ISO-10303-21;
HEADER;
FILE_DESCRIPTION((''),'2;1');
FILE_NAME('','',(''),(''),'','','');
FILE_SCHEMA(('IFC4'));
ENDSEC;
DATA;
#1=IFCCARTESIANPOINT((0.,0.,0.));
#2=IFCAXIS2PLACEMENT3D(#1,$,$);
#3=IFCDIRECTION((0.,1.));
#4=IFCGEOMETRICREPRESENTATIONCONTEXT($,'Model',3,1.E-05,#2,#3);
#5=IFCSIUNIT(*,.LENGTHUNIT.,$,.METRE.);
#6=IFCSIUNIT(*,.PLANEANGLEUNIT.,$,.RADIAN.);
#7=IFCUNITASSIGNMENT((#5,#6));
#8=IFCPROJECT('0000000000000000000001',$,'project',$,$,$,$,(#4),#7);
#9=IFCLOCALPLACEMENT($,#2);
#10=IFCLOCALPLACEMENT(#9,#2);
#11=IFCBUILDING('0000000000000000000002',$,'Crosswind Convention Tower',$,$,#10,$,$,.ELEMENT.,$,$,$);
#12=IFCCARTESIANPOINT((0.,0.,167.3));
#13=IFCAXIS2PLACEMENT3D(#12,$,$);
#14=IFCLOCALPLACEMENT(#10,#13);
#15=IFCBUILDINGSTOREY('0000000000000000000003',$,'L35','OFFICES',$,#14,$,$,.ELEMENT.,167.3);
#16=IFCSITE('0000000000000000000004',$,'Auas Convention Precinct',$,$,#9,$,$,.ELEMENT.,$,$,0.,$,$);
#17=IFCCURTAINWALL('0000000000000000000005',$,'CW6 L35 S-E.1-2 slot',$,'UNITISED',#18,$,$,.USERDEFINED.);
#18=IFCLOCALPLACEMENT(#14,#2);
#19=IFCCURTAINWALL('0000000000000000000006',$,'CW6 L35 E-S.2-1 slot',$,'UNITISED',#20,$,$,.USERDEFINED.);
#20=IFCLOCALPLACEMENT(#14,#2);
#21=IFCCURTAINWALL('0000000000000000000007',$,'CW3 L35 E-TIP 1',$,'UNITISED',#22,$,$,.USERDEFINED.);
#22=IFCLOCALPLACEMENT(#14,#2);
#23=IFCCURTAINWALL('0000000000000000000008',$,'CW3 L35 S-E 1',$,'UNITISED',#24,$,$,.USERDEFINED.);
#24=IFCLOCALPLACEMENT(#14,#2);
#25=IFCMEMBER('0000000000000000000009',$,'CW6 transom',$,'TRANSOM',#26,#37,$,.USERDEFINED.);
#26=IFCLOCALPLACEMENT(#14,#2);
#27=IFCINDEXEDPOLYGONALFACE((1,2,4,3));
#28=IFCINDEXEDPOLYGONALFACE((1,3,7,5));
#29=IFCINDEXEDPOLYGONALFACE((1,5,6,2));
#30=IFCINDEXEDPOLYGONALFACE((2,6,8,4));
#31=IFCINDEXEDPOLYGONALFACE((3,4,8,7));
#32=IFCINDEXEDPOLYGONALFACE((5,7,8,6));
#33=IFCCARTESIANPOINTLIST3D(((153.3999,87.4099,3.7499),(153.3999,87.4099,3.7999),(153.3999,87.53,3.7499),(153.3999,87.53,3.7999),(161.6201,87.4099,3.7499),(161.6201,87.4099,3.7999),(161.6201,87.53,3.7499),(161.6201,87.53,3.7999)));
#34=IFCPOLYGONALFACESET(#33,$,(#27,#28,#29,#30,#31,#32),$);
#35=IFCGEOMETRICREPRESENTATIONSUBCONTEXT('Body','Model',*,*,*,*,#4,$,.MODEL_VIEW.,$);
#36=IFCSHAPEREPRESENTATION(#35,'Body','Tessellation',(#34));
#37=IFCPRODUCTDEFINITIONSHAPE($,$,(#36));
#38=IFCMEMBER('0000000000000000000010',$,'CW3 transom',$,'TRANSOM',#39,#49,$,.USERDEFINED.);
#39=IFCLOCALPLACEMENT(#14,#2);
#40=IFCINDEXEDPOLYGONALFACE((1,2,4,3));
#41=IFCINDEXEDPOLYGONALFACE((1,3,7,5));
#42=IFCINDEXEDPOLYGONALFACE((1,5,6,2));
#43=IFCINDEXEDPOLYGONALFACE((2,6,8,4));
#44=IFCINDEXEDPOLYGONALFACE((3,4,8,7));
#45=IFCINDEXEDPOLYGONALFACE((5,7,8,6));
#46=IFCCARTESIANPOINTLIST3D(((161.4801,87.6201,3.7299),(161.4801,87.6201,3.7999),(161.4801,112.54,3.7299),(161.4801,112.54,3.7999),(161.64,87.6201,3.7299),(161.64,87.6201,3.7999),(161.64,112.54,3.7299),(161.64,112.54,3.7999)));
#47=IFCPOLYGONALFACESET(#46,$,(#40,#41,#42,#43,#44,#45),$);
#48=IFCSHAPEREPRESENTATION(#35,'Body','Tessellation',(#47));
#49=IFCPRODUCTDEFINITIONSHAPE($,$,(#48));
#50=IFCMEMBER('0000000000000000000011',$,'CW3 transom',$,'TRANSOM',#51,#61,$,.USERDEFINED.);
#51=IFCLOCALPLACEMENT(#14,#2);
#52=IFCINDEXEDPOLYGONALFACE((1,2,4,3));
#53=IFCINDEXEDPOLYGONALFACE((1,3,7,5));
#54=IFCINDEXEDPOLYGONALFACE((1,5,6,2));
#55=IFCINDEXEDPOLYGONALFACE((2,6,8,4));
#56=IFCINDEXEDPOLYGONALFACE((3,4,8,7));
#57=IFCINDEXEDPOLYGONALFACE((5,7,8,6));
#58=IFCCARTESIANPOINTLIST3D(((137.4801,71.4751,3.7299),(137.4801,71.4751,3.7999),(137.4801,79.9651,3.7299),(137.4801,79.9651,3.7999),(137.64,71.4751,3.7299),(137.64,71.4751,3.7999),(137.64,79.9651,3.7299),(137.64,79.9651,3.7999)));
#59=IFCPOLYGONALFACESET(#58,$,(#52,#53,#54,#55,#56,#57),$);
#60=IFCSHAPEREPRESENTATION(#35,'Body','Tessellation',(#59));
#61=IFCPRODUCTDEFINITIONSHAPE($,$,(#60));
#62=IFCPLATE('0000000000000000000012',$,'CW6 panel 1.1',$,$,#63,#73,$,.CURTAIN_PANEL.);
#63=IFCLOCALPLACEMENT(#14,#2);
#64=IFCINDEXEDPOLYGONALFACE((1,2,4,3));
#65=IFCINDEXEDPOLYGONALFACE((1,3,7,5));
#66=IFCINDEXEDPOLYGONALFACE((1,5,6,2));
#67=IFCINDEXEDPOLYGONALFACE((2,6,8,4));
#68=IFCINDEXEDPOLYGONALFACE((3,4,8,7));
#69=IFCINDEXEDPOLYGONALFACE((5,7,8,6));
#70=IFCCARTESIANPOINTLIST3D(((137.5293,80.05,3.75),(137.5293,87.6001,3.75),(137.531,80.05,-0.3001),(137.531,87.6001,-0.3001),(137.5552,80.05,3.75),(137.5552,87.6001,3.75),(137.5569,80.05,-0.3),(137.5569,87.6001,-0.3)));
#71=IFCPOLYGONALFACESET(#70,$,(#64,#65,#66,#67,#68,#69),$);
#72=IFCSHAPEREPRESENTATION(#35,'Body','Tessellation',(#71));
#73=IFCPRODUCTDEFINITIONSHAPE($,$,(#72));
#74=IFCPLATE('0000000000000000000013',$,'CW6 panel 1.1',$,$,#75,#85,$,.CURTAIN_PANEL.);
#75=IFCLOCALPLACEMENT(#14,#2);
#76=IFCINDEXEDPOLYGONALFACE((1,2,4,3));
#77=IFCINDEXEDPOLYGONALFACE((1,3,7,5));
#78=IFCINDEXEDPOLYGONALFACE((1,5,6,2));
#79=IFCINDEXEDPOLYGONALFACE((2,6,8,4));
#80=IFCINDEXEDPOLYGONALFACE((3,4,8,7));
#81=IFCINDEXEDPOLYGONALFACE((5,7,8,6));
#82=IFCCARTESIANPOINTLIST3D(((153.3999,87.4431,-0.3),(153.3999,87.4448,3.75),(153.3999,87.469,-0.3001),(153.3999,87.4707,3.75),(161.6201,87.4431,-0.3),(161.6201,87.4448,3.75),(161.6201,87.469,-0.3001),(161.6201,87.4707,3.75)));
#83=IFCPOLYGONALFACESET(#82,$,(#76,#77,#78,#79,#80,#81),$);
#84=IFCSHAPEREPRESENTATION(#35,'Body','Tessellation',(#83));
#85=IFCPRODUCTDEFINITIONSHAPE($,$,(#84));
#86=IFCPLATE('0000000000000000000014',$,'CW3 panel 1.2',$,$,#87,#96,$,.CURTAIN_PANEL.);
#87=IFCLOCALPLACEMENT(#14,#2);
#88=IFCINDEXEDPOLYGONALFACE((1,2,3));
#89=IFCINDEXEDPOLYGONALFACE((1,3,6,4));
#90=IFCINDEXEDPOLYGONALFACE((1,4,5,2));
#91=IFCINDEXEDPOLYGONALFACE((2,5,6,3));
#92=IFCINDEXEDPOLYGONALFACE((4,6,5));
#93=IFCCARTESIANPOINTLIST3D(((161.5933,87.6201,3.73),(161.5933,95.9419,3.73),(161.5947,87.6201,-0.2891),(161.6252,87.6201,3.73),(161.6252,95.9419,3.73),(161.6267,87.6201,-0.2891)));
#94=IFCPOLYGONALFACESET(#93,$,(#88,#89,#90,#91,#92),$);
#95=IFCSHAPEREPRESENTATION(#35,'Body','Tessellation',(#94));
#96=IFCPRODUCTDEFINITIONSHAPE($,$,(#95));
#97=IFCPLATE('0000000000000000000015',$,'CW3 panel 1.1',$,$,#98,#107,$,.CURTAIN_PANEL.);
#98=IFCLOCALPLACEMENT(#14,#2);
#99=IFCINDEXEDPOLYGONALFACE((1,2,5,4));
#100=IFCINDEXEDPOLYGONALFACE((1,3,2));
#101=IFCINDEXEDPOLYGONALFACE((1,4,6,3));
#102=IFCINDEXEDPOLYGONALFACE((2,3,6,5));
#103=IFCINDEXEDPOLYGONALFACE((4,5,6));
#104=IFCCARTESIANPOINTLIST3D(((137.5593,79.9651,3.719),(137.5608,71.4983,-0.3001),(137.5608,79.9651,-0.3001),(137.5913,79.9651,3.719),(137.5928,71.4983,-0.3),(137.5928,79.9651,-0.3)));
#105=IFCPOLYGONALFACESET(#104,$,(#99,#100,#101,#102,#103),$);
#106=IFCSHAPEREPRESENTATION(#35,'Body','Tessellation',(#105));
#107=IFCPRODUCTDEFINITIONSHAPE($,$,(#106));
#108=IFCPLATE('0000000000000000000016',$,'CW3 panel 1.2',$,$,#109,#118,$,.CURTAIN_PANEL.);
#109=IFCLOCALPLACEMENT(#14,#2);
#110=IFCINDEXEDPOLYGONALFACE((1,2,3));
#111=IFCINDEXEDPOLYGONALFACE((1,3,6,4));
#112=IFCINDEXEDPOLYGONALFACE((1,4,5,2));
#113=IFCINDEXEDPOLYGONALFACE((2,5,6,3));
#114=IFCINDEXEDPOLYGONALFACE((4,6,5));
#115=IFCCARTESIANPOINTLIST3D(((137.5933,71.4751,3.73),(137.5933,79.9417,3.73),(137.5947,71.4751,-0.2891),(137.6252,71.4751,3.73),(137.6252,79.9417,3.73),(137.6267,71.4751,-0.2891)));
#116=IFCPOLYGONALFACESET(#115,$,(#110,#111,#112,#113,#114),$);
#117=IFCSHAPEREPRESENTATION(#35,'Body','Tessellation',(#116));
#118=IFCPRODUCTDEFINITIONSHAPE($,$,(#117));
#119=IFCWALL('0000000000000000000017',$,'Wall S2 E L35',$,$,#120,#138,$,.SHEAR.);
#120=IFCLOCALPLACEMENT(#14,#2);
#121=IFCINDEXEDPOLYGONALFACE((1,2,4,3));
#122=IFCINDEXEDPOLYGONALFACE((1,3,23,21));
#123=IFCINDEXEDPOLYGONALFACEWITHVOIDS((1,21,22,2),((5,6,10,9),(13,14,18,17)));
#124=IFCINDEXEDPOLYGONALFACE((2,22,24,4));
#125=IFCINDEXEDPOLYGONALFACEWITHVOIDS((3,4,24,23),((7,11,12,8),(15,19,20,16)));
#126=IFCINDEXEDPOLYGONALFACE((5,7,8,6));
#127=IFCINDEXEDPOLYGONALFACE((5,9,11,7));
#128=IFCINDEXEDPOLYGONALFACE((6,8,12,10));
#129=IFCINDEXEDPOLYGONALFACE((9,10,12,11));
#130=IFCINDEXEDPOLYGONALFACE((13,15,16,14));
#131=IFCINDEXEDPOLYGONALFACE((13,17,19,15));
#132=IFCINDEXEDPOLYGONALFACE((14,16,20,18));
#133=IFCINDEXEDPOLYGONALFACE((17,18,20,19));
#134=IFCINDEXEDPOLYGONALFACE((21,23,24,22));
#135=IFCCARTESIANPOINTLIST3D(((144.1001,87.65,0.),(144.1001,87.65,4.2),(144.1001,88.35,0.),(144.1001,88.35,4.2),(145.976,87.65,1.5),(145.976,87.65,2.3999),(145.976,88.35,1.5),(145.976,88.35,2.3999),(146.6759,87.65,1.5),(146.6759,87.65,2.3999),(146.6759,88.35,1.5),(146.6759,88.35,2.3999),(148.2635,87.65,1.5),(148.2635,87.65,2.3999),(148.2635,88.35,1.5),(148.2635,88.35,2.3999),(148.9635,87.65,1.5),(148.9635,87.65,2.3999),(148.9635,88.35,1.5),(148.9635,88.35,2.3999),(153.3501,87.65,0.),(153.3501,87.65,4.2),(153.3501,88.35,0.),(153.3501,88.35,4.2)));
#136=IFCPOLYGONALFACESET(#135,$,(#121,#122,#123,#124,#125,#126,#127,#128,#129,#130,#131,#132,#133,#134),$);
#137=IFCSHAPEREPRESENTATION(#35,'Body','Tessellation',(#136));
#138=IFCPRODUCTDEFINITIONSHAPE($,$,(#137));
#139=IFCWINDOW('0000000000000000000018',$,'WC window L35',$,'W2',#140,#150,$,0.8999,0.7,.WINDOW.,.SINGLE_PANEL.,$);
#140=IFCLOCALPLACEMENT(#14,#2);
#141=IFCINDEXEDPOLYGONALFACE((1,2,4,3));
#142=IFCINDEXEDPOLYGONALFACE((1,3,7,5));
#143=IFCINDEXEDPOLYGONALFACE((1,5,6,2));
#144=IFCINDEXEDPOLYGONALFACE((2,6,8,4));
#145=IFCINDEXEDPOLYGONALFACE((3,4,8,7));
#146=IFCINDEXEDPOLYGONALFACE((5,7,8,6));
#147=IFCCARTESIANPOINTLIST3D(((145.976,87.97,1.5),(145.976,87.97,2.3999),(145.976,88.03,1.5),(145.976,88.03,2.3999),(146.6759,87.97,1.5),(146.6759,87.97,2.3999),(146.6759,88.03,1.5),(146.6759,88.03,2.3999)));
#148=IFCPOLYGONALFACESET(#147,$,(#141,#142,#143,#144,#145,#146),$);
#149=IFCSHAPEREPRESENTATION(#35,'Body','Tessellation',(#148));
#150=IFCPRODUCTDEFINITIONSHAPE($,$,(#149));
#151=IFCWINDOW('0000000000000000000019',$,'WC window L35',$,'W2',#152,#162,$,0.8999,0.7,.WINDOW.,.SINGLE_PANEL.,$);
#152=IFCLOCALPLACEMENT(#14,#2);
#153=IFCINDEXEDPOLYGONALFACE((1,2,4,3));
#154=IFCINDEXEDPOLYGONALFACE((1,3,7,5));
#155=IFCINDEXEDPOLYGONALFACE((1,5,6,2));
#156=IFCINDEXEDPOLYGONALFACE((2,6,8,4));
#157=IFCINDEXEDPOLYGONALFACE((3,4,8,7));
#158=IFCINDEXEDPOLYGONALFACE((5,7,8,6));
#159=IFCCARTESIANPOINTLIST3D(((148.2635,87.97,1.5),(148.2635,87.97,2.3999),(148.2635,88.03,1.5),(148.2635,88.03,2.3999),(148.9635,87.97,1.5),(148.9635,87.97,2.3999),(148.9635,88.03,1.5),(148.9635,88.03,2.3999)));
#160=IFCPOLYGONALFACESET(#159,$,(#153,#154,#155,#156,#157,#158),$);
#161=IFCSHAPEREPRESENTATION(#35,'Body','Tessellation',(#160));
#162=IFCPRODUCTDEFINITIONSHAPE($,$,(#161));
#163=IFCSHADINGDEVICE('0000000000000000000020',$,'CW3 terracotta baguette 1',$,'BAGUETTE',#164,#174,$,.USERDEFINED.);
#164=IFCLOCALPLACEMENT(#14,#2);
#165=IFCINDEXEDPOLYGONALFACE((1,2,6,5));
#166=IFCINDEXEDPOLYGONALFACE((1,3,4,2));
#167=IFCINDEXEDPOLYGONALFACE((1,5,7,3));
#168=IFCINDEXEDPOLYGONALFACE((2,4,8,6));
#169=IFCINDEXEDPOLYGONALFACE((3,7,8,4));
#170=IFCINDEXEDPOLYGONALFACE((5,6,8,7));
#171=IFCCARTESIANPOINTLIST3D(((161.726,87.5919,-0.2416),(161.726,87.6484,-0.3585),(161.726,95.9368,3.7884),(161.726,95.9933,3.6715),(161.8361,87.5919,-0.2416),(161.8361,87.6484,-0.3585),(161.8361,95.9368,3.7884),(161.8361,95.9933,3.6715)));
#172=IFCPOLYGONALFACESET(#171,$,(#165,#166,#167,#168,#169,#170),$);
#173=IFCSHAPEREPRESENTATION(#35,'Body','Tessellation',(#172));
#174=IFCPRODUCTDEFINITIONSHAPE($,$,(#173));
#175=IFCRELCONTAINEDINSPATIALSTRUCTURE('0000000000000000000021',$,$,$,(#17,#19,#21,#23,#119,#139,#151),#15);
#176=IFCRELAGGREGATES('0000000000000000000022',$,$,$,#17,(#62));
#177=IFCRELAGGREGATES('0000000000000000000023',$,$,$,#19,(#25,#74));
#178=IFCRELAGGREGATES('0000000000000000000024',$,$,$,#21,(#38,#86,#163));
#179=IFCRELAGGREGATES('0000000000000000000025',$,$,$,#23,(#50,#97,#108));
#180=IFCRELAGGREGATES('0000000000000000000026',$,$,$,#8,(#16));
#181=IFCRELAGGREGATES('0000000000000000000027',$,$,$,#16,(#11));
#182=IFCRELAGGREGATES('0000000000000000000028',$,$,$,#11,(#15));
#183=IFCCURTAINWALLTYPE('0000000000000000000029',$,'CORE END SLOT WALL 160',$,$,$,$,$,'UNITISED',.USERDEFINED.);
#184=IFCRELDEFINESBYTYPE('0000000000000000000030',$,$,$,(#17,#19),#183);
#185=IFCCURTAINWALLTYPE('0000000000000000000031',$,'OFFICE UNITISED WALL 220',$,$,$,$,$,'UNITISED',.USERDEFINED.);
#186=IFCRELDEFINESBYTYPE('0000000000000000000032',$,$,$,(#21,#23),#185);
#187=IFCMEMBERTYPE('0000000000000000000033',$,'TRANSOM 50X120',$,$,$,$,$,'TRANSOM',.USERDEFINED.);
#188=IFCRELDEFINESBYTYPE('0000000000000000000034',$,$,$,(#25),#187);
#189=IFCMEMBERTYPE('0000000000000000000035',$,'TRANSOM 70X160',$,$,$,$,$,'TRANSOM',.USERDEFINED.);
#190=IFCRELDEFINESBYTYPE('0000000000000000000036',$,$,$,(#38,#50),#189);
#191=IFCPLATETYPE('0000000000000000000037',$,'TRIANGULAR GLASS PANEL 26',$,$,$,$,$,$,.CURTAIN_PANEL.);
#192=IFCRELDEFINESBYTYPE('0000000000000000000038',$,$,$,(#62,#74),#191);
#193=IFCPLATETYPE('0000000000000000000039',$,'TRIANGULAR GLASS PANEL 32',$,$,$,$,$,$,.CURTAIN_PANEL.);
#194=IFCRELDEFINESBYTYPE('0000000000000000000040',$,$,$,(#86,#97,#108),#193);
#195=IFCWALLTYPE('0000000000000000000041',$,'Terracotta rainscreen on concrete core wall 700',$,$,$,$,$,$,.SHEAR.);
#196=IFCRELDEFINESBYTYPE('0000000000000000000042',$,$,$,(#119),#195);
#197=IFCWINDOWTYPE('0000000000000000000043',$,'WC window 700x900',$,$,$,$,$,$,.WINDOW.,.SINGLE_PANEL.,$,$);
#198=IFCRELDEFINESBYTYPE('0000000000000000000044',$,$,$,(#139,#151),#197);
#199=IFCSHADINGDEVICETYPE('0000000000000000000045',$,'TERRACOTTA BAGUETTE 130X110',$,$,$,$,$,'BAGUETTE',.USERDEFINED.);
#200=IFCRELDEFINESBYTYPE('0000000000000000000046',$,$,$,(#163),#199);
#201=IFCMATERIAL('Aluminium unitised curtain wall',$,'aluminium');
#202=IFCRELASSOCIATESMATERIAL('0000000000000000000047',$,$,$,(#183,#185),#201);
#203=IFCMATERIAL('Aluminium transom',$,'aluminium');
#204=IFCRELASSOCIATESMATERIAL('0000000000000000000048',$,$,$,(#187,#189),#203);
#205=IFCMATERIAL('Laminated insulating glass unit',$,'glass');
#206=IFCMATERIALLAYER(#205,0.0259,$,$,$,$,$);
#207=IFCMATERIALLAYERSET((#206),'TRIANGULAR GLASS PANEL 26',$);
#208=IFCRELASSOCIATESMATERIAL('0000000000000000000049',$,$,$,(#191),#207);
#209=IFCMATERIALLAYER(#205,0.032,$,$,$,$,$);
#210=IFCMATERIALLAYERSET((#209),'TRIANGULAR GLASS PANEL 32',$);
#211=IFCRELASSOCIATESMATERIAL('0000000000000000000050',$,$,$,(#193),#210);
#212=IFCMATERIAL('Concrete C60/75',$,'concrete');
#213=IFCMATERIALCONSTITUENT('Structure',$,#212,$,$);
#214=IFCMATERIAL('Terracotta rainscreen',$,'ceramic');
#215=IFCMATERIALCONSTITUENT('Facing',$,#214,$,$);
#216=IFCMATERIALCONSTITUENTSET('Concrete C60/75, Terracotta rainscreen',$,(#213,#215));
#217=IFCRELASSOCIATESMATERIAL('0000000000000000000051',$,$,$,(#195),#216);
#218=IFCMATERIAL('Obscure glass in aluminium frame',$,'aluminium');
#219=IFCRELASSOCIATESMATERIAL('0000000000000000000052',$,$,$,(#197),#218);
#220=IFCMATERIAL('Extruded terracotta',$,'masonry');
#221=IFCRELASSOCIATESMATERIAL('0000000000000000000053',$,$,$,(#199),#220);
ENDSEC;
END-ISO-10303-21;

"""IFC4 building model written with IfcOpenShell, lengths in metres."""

from ifc_helpers import new_model, si_unit, direction, frame, frame_2d, origin, origin_2d, place, context, subcontext, project, spatial, polyline, rectangle, outline, extrude, material, layer, layer_set, constituent, constituent_set, material_profile, profile_set, type_object, element, fill, aggregate, save


model = new_model("IFC4")

# Units and contexts
model_context = context("Model", 3, precision=1e-05, world=origin(), true_north=direction((0.0, 1.0)))
body_context = subcontext(model_context, "Body", "Model", "MODEL_VIEW")
ifc_project = project(units=[si_unit("LENGTHUNIT", "METRE"), si_unit("PLANEANGLEUNIT", "RADIAN")], contexts=[model_context])

# Site, building, storey
site_placement = place(None, origin())
site = spatial("IfcSite", under=ifc_project, at=site_placement, Name="Auas Convention Precinct", CompositionType="ELEMENT", RefElevation=0.0)
building_placement = place(site_placement, origin())
building = spatial("IfcBuilding", under=site, at=building_placement, Name="Crosswind Convention Tower", CompositionType="ELEMENT")
storey_placement = place(building_placement, frame((0.0, 0.0, 167.3)))
storey = spatial("IfcBuildingStorey", under=building, at=storey_placement, Name="L35", Description="OFFICES", CompositionType="ELEMENT", Elevation=167.3)

# Shared definitions
ifc_material_1 = material(Name="Concrete C60/75", Category="concrete")

# Curtain wall
ifc_material_2 = material(Name="Aluminium unitised curtain wall", Category="aluminium")
curtain_wall_type_1 = type_object("IfcCurtainWallType", Name="CORE END SLOT WALL 160", ElementType="UNITISED", PredefinedType="USERDEFINED", material=ifc_material_2)
curtain_wall_1_placement = place(storey_placement, origin())
curtain_wall_1 = element("IfcCurtainWall", 1, at=curtain_wall_1_placement, inside=storey, type_object=curtain_wall_type_1, Name="CW6 L35 S-E.1-2 slot", ObjectType="UNITISED", PredefinedType="USERDEFINED")

# Curtain wall
curtain_wall_2_placement = place(storey_placement, origin())
curtain_wall_2 = element("IfcCurtainWall", 2, at=curtain_wall_2_placement, inside=storey, type_object=curtain_wall_type_1, Name="CW6 L35 E-S.2-1 slot", ObjectType="UNITISED", PredefinedType="USERDEFINED")

# Curtain walls
curtain_wall_type_2 = type_object("IfcCurtainWallType", Name="OFFICE UNITISED WALL 220", ElementType="UNITISED", PredefinedType="USERDEFINED", material=ifc_material_2)
curtain_wall_3_placement = place(storey_placement, origin())
curtain_wall_3 = element("IfcCurtainWall", 3, at=curtain_wall_3_placement, inside=storey, type_object=curtain_wall_type_2, Name="CW3 L35 E-TIP 1", ObjectType="UNITISED", PredefinedType="USERDEFINED")
curtain_wall_4_placement = place(storey_placement, origin())
curtain_wall_4 = element("IfcCurtainWall", 4, at=curtain_wall_4_placement, inside=storey, type_object=curtain_wall_type_2, Name="CW3 L35 S-E 1", ObjectType="UNITISED", PredefinedType="USERDEFINED")

# Members
ifc_material_3 = material(Name="Aluminium transom", Category="aluminium")
ifc_material_profile_1 = material_profile(ifc_material_3, rectangle(XDim=0.1201, YDim=0.05, at=origin_2d()), Name="AL 120X50")
ifc_profile_set_1 = profile_set([ifc_material_profile_1], Name="Aluminium transom")
member_type_1 = type_object("IfcMemberType", Name="TRANSOM 50X120", ElementType="TRANSOM", PredefinedType="USERDEFINED", material=ifc_profile_set_1)
member_1_placement = place(storey_placement, frame((153.3999, 87.47, 3.7749), z_axis=(1.0, 0.0, 0.0), x_axis=(0.0, 1.0, 0.0)))
member_1 = element("IfcMember", 5, at=member_1_placement, type_object=member_type_1, Name="CW6 transom", ObjectType="TRANSOM", PredefinedType="USERDEFINED", context=body_context, shape_type="SweptSolid", body=[
    extrude(rectangle(XDim=0.1201, YDim=0.05, at=origin_2d()), origin(), (0.0, 0.0, 1.0), 8.2202),
])
ifc_material_profile_2 = material_profile(ifc_material_3, rectangle(XDim=0.1599, YDim=0.0701, at=origin_2d()), Name="AL 160X70")
ifc_profile_set_2 = profile_set([ifc_material_profile_2], Name="Aluminium transom")
member_type_2 = type_object("IfcMemberType", Name="TRANSOM 70X160", ElementType="TRANSOM", PredefinedType="USERDEFINED", material=ifc_profile_set_2)
member_2_placement = place(storey_placement, frame((161.5601, 87.6201, 3.7649), z_axis=(0.0, 1.0, 0.0), x_axis=(-1.0, 0.0, 0.0)))
member_2 = element("IfcMember", 6, at=member_2_placement, type_object=member_type_2, Name="CW3 transom", ObjectType="TRANSOM", PredefinedType="USERDEFINED", context=body_context, shape_type="SweptSolid", body=[
    extrude(rectangle(XDim=0.1599, YDim=0.0701, at=origin_2d()), origin(), (0.0, 0.0, 1.0), 24.9199),
])
member_3_placement = place(storey_placement, frame((137.5601, 71.4751, 3.7649), z_axis=(0.0, 1.0, 0.0), x_axis=(-1.0, 0.0, 0.0)))
member_3 = element("IfcMember", 7, at=member_3_placement, type_object=member_type_2, Name="CW3 transom", ObjectType="TRANSOM", PredefinedType="USERDEFINED", context=body_context, shape_type="SweptSolid", body=[
    extrude(rectangle(XDim=0.1599, YDim=0.0701, at=origin_2d()), origin(), (0.0, 0.0, 1.0), 8.49),
])

# Plates
ifc_material_4 = material(Name="Laminated insulating glass unit", Category="glass")
ifc_layer_1 = layer(ifc_material_4, 0.0259)
ifc_layer_set_1 = layer_set([ifc_layer_1], Name="TRIANGULAR GLASS PANEL 26")
plate_type_1 = type_object("IfcPlateType", Name="TRIANGULAR GLASS PANEL 26", PredefinedType="CURTAIN_PANEL", material=ifc_layer_set_1)
plate_1_placement = place(storey_placement, frame((137.5569, 80.05, -0.3), z_axis=(1.0, 0.0, 0.000422), x_axis=(0.0, 1.0, 0.0)))
plate_1 = element("IfcPlate", 8, at=plate_1_placement, type_object=plate_type_1, Name="CW6 panel 1.1", PredefinedType="CURTAIN_PANEL", context=body_context, shape_type="SweptSolid", body=[
    extrude(outline(polyline([(0.0, 0.0), (7.55, 0.0), (7.55, 4.05), (0.0, 4.05), (0.0, 0.0)])), origin(), (0.0, 0.0, -1.0), 0.0259),
])
aggregate(curtain_wall_1, [plate_1])
plate_2_placement = place(storey_placement, frame((153.3999, 87.4431, -0.3), z_axis=(0.0, -1.0, 0.000422), x_axis=(1.0, 0.0, 0.0)))
plate_2 = element("IfcPlate", 9, at=plate_2_placement, type_object=plate_type_1, Name="CW6 panel 1.1", PredefinedType="CURTAIN_PANEL", context=body_context, shape_type="SweptSolid", body=[
    extrude(outline(polyline([(0.0, 0.0), (8.2202, 0.0), (8.2202, 4.05), (0.0, 4.05), (0.0, 0.0)])), origin(), (0.0, 0.0, -1.0), 0.0259),
])
aggregate(curtain_wall_2, [member_1, plate_2])
ifc_layer_2 = layer(ifc_material_4, 0.032)
ifc_layer_set_2 = layer_set([ifc_layer_2], Name="TRIANGULAR GLASS PANEL 32")
plate_type_2 = type_object("IfcPlateType", Name="TRIANGULAR GLASS PANEL 32", PredefinedType="CURTAIN_PANEL", material=ifc_layer_set_2)
plate_3_placement = place(storey_placement, frame((161.6252, 87.6201, 3.73), z_axis=(1.0, 0.0, 0.000364), x_axis=(0.000364, 0.0, -1.0)))
plate_3 = element("IfcPlate", 10, at=plate_3_placement, type_object=plate_type_2, Name="CW3 panel 1.2", PredefinedType="CURTAIN_PANEL", context=body_context, shape_type="SweptSolid", body=[
    extrude(outline(polyline([(0.0, 0.0), (4.019, 0.0), (0.0, 8.3218), (0.0, 0.0)])), origin(), (0.0, 0.0, -1.0), 0.032),
])
plate_4_placement = place(storey_placement, frame((137.5928, 79.9651, -0.3), z_axis=(1.0, 0.0, 0.000364), x_axis=(-0.000364, 0.0, 1.0)))
plate_4 = element("IfcPlate", 11, at=plate_4_placement, type_object=plate_type_2, Name="CW3 panel 1.1", PredefinedType="CURTAIN_PANEL", context=body_context, shape_type="SweptSolid", body=[
    extrude(outline(polyline([(0.0, 0.0), (4.019, 0.0), (0.0, 8.4668), (0.0, 0.0)])), origin(), (0.0, 0.0, -1.0), 0.032),
])
plate_5_placement = place(storey_placement, frame((137.6252, 71.4751, 3.73), z_axis=(1.0, 0.0, 0.000364), x_axis=(0.000364, 0.0, -1.0)))
plate_5 = element("IfcPlate", 12, at=plate_5_placement, type_object=plate_type_2, Name="CW3 panel 1.2", PredefinedType="CURTAIN_PANEL", context=body_context, shape_type="SweptSolid", body=[
    extrude(outline(polyline([(0.0, 0.0), (4.019, 0.0), (0.0, 8.4666), (0.0, 0.0)])), origin(), (0.0, 0.0, -1.0), 0.032),
])

# Wall, openings, windows
ifc_constituent_1 = constituent(ifc_material_1, Name="Structure")
ifc_material_5 = material(Name="Terracotta rainscreen", Category="ceramic")
ifc_constituent_2 = constituent(ifc_material_5, Name="Facing")
ifc_constituent_set = constituent_set(constituents=[ifc_constituent_1, ifc_constituent_2], Name="Concrete C60/75, Terracotta rainscreen")
wall_type = type_object("IfcWallType", Name="Terracotta rainscreen on concrete core wall 700", PredefinedType="SHEAR", material=ifc_constituent_set)
wall_placement = place(storey_placement, frame((144.1001, 88.0, 0.0), z_axis=(0.0, 0.0, 1.0), x_axis=(1.0, 0.0, 0.0)))
wall = element("IfcWall", 13, at=wall_placement, inside=storey, type_object=wall_type, Name="Wall S2 E L35", PredefinedType="SHEAR", context=body_context, shape_type="SweptSolid", body=[
    extrude(rectangle(XDim=9.25, YDim=0.7, at=frame_2d((4.625, 0.0))), origin(), (0.0, 0.0, 1.0), 4.2),
])
opening_1_placement = place(wall_placement, frame((1.8757, 0.0, 1.5)))
opening_1 = element("IfcOpeningElement", 14, at=opening_1_placement, cuts=wall, PredefinedType="OPENING", context=body_context, shape_type="SweptSolid", body=[
    extrude(rectangle(XDim=0.7, YDim=0.8999, at=frame_2d((0.3501, 0.45))), frame((0.0, 0.3599, 0.0), z_axis=(0.0, -1.0, 0.0), x_axis=(1.0, 0.0, 0.0)), (0.0, 0.0, 1.0), 0.72),
])
opening_2_placement = place(wall_placement, frame((4.1633, 0.0, 1.5)))
opening_2 = element("IfcOpeningElement", 15, at=opening_2_placement, cuts=wall, PredefinedType="OPENING", context=body_context, shape_type="SweptSolid", body=[
    extrude(rectangle(XDim=0.7, YDim=0.8999, at=frame_2d((0.3501, 0.45))), frame((0.0, 0.3599, 0.0), z_axis=(0.0, -1.0, 0.0), x_axis=(1.0, 0.0, 0.0)), (0.0, 0.0, 1.0), 0.72),
])
ifc_material_6 = material(Name="Obscure glass in aluminium frame", Category="aluminium")
window_type = type_object("IfcWindowType", Name="WC window 700x900", PartitioningType="SINGLE_PANEL", PredefinedType="WINDOW", material=ifc_material_6)
window_1_placement = place(opening_1_placement, origin())
window_1 = element("IfcWindow", 16, at=window_1_placement, inside=storey, type_object=window_type, Name="WC window L35", ObjectType="W2", OverallHeight=0.8999, OverallWidth=0.7, PartitioningType="SINGLE_PANEL", PredefinedType="WINDOW", context=body_context, shape_type="SweptSolid", body=[
    extrude(rectangle(XDim=0.7, YDim=0.8999, at=frame_2d((0.3501, 0.45))), frame((0.0, 0.03, 0.0), z_axis=(0.0, -1.0, 0.0), x_axis=(1.0, 0.0, 0.0)), (0.0, 0.0, 1.0), 0.0601),
])
fill(opening_1, window_1)
window_2_placement = place(opening_2_placement, origin())
window_2 = element("IfcWindow", 17, at=window_2_placement, inside=storey, type_object=window_type, Name="WC window L35", ObjectType="W2", OverallHeight=0.8999, OverallWidth=0.7, PartitioningType="SINGLE_PANEL", PredefinedType="WINDOW", context=body_context, shape_type="SweptSolid", body=[
    extrude(rectangle(XDim=0.7, YDim=0.8999, at=frame_2d((0.3501, 0.45))), frame((0.0, 0.03, 0.0), z_axis=(0.0, -1.0, 0.0), x_axis=(1.0, 0.0, 0.0)), (0.0, 0.0, 1.0), 0.0601),
])
fill(opening_2, window_2)

# Shading device
ifc_material_7 = material(Name="Extruded terracotta", Category="masonry")
ifc_material_profile_3 = material_profile(ifc_material_7, rectangle(XDim=0.1101, YDim=0.1299, at=origin_2d()), Name="TC 110X130")
ifc_profile_set_3 = profile_set([ifc_material_profile_3], Name="Extruded terracotta")
shading_device_type = type_object("IfcShadingDeviceType", Name="TERRACOTTA BAGUETTE 130X110", ElementType="BAGUETTE", PredefinedType="USERDEFINED", material=ifc_profile_set_3)
shading_device_1_placement = place(storey_placement, frame((161.781, 87.6201, -0.3), z_axis=(0.0, 0.900492, 0.434874), x_axis=(-1.0, 0.0, 0.0)))
shading_device_1 = element("IfcShadingDevice", 18, at=shading_device_1_placement, type_object=shading_device_type, Name="CW3 terracotta baguette 1", ObjectType="BAGUETTE", PredefinedType="USERDEFINED", context=body_context, shape_type="SweptSolid", body=[
    extrude(rectangle(XDim=0.1101, YDim=0.1299, at=origin_2d()), origin(), (0.0, 0.0, 1.0), 9.2671),
])
aggregate(curtain_wall_3, [member_2, plate_3, shading_device_1])
aggregate(curtain_wall_4, [member_3, plate_4, plate_5])

save(model, "model.ifc")
